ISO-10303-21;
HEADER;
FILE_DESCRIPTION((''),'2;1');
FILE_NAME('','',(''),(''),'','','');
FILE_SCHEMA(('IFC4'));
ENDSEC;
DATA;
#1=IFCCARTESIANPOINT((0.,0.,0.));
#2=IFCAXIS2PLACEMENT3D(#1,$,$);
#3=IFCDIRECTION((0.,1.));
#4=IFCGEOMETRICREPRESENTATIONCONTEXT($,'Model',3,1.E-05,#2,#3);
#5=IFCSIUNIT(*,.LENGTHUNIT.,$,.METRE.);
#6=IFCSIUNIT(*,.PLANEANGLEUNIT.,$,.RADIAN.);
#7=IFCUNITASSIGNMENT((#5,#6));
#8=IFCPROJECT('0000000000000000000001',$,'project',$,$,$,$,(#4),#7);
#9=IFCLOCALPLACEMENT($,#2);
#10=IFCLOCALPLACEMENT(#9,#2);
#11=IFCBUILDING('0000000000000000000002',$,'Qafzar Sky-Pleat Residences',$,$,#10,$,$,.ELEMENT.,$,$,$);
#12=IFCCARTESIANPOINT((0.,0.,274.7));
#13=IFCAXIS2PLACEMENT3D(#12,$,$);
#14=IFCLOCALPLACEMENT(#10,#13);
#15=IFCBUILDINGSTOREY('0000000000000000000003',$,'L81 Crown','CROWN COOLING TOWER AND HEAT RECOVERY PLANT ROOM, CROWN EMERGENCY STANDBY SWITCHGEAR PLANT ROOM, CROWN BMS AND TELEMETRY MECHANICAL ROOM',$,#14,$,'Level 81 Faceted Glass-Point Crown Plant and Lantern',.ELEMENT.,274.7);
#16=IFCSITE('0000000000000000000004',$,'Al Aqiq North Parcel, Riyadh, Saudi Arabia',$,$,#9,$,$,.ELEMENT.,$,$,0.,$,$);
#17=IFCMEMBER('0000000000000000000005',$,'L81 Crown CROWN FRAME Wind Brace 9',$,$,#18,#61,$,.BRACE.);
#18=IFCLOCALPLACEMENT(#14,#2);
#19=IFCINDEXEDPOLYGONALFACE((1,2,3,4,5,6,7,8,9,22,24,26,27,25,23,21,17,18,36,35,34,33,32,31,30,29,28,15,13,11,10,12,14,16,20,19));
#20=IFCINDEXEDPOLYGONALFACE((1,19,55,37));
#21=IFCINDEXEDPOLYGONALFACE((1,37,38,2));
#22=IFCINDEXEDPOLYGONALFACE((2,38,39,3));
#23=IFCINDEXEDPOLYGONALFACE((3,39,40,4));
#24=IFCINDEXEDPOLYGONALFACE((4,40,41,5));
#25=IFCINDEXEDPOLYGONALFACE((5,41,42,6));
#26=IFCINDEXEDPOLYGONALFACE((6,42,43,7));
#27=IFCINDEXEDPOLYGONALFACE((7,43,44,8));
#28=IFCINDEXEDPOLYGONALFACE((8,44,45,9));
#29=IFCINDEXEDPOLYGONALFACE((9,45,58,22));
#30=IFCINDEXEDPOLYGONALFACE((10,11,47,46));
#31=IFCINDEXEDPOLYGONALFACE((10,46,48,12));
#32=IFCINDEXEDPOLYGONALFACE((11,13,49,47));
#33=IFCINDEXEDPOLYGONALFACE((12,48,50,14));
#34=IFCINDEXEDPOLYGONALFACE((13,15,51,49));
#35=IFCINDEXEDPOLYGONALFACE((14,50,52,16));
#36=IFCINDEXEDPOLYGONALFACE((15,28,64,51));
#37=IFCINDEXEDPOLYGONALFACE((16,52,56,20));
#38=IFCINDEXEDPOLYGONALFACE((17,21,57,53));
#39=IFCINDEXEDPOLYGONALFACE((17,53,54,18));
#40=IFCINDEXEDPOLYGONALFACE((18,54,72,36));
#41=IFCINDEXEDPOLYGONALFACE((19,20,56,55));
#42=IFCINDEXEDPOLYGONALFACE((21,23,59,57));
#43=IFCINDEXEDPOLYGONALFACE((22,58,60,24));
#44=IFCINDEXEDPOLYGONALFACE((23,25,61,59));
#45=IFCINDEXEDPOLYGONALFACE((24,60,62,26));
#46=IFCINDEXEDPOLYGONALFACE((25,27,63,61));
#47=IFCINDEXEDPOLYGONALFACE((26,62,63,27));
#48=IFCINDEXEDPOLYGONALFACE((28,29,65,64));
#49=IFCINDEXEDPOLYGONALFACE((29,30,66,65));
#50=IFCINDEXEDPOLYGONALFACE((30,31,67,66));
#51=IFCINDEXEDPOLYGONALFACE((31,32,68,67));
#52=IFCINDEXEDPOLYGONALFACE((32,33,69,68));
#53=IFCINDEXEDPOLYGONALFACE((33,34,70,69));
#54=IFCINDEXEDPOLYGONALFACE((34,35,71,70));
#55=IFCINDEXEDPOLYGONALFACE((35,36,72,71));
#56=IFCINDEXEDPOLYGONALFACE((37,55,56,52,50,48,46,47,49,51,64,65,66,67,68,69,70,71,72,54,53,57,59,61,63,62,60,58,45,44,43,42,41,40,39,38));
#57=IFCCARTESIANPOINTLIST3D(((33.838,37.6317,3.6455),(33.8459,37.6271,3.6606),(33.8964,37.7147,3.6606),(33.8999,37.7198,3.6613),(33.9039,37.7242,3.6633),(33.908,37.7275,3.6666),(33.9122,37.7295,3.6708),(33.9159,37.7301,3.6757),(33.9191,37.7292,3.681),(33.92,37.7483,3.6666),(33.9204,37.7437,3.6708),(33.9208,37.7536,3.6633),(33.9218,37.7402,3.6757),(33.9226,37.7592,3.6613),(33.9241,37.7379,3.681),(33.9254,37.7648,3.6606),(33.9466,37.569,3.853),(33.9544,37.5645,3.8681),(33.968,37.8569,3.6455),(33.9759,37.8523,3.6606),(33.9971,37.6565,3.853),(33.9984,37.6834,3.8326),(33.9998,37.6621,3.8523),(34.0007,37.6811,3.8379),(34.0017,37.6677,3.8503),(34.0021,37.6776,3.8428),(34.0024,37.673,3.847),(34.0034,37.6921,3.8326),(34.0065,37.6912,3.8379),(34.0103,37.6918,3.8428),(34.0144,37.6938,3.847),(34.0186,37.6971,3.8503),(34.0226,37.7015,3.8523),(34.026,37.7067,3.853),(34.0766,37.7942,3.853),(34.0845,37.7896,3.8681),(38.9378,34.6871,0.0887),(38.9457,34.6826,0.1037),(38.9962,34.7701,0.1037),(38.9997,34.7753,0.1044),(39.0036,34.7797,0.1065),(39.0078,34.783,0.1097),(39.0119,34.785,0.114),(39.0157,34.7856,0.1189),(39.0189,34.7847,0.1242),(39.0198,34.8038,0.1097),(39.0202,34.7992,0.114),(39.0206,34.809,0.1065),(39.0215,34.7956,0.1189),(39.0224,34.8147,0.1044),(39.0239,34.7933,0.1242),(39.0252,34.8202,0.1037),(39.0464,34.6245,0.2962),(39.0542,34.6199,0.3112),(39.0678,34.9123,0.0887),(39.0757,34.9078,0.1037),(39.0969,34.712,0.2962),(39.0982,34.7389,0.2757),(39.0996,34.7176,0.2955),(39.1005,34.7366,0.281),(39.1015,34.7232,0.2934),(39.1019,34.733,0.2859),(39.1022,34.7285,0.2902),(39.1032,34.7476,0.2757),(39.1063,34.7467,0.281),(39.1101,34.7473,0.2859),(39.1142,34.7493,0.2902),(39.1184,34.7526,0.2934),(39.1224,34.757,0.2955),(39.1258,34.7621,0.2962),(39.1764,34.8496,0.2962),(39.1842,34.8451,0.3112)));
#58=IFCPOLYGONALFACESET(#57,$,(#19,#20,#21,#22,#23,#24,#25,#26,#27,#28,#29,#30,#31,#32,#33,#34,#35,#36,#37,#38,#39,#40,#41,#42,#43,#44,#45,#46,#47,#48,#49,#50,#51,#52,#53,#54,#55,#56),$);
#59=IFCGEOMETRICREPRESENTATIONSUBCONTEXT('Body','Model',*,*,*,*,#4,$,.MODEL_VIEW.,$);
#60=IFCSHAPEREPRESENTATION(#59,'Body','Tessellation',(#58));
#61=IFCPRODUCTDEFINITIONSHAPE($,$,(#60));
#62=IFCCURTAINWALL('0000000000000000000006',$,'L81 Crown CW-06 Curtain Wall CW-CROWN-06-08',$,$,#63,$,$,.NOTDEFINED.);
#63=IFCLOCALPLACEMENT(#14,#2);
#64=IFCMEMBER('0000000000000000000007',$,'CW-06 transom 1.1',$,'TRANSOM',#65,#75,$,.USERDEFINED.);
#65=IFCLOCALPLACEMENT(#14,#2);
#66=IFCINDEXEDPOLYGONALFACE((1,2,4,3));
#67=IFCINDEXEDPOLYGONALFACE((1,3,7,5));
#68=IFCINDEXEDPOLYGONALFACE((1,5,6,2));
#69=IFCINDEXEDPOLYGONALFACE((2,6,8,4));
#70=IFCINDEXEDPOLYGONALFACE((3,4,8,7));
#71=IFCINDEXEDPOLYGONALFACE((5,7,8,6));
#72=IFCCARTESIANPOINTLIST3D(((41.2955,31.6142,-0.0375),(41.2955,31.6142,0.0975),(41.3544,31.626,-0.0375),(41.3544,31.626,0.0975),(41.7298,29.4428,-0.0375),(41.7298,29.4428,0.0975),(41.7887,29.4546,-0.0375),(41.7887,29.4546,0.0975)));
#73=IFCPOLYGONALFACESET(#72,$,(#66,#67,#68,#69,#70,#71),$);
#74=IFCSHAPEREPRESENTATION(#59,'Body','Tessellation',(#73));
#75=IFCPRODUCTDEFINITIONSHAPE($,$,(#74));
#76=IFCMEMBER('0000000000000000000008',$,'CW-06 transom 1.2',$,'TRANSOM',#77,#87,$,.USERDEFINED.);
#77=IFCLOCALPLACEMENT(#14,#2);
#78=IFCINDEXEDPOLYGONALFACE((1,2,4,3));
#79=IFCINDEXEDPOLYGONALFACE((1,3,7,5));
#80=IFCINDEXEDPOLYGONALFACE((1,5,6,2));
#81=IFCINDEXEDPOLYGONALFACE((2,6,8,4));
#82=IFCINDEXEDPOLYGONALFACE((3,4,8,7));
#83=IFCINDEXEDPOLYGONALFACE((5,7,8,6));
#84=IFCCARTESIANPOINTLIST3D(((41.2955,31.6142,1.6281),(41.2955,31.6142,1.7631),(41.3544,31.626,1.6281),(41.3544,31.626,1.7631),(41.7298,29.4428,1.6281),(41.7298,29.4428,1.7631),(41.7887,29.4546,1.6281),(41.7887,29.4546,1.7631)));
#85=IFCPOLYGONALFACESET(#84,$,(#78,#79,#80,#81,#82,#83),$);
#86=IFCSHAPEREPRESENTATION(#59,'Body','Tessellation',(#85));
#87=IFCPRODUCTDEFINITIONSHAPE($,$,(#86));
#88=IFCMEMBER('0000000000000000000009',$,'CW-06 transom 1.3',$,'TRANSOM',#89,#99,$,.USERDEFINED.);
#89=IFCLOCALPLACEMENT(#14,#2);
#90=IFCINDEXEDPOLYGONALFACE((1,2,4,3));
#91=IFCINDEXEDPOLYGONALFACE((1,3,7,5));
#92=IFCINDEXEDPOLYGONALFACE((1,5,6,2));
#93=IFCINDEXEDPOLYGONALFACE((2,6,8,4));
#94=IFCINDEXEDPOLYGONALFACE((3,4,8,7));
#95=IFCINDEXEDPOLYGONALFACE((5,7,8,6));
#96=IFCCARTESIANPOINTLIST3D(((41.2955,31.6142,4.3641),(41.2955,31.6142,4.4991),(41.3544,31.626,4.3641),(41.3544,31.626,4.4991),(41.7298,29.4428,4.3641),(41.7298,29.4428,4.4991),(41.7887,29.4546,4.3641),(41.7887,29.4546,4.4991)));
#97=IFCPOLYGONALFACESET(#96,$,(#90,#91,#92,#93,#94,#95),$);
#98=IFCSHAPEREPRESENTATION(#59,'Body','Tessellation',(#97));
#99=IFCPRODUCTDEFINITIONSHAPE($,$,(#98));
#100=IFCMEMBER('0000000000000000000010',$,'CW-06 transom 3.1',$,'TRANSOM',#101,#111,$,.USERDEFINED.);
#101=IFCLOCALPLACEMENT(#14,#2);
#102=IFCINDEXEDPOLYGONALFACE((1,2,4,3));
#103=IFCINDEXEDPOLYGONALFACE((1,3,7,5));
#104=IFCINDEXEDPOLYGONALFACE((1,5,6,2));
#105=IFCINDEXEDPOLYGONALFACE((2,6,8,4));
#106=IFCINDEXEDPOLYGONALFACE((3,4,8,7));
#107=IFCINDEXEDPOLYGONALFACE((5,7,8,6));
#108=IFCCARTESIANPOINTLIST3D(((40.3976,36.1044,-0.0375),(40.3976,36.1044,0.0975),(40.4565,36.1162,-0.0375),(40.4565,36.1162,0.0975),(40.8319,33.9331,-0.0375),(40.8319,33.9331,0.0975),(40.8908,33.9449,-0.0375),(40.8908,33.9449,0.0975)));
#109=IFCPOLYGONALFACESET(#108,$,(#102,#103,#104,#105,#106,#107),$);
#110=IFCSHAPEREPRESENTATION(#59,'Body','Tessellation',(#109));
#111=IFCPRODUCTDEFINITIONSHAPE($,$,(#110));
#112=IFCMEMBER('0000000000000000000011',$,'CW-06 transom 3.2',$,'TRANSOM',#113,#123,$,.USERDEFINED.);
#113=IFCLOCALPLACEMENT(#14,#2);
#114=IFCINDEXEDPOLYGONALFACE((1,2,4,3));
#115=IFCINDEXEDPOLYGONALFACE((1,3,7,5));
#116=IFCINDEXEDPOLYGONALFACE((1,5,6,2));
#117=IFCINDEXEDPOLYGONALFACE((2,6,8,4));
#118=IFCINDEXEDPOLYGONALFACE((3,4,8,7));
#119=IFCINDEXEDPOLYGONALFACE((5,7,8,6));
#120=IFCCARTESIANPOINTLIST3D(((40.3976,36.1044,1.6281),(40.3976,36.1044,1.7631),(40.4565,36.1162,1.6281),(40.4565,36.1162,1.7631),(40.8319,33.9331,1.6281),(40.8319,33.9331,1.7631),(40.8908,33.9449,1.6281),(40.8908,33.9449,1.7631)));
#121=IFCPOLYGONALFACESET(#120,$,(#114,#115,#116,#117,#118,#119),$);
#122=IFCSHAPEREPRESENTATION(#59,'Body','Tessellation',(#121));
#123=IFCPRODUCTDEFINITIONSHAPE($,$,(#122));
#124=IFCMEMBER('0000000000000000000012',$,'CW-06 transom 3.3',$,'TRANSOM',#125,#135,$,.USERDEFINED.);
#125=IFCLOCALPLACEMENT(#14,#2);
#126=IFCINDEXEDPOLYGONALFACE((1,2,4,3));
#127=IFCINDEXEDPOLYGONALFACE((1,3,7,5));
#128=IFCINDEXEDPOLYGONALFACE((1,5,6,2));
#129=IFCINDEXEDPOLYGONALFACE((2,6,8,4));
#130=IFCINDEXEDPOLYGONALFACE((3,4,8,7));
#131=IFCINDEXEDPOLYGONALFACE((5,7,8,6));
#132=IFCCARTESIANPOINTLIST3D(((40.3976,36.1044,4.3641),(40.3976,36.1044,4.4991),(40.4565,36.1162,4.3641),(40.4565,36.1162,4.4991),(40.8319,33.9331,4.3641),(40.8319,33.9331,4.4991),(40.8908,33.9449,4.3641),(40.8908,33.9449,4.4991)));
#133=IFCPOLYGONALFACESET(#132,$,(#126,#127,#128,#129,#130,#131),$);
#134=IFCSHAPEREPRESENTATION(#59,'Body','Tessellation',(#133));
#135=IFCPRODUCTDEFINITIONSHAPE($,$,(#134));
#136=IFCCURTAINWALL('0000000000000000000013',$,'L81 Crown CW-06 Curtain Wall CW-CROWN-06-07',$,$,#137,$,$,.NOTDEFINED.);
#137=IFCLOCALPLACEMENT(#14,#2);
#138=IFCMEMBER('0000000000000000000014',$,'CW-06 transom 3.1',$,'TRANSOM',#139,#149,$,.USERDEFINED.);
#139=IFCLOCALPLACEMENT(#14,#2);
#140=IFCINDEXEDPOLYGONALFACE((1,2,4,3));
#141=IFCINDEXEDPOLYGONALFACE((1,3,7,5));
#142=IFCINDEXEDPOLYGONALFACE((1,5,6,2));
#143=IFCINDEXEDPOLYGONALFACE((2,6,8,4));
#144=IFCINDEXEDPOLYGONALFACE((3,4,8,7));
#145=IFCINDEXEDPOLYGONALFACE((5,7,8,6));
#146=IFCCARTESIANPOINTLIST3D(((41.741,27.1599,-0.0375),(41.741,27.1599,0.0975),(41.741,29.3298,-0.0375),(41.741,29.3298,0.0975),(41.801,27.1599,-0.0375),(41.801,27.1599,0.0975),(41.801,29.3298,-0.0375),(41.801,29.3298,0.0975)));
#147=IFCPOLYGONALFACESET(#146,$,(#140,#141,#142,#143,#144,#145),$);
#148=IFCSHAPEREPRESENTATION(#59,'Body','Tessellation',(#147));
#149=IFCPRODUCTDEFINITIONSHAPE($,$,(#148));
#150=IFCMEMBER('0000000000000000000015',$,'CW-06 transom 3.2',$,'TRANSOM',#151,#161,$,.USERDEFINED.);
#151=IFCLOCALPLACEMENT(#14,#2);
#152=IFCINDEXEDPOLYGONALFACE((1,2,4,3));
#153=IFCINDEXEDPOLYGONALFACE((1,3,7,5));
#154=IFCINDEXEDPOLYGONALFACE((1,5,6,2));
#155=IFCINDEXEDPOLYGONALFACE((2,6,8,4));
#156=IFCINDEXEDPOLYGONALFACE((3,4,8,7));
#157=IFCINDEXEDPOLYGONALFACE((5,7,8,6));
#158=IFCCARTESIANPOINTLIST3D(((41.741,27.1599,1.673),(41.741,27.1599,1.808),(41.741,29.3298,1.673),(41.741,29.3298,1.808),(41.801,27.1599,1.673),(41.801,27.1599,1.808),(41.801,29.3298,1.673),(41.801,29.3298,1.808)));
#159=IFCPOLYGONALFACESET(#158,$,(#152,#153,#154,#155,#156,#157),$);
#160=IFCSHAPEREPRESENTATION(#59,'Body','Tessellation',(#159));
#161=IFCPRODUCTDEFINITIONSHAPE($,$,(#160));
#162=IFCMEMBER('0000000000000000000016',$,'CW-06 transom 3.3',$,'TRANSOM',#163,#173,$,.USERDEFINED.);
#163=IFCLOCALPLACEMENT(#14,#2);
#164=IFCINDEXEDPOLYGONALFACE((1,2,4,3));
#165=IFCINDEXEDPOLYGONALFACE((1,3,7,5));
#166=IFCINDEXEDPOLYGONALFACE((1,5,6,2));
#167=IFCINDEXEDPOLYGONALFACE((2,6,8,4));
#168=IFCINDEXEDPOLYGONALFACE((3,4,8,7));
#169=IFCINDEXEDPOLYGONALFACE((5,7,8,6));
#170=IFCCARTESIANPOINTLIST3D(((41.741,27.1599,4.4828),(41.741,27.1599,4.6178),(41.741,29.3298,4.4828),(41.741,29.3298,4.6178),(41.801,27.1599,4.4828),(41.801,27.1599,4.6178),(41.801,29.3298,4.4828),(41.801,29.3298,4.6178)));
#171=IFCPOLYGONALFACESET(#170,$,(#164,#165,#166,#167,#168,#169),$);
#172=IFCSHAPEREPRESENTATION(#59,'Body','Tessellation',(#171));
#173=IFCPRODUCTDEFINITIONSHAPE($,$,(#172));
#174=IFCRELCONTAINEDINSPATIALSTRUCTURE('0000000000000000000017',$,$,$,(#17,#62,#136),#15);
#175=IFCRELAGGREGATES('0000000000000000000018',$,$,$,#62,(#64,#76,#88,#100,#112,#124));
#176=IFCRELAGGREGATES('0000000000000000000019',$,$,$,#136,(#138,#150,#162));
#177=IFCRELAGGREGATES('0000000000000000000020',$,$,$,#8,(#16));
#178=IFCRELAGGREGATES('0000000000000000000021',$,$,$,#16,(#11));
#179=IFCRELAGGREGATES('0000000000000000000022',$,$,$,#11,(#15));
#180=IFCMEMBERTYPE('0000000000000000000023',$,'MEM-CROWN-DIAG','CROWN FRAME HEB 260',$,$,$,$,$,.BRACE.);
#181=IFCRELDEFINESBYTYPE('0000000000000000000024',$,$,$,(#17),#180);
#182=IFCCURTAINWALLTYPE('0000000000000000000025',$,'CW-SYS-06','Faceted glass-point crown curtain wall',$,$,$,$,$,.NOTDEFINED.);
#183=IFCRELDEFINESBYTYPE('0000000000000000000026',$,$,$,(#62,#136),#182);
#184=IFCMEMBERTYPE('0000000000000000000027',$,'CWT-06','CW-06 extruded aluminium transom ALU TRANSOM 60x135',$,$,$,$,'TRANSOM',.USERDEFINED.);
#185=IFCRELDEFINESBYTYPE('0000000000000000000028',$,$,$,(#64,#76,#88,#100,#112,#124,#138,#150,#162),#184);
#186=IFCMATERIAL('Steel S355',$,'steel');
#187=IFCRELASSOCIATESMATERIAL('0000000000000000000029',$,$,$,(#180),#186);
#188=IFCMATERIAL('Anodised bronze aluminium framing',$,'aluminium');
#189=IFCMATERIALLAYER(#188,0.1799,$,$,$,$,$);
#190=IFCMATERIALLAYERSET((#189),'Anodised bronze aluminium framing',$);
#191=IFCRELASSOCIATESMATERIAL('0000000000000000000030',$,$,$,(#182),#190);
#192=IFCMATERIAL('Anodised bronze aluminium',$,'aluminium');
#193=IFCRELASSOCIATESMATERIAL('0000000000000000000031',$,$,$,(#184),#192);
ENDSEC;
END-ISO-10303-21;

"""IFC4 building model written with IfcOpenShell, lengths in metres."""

from ifc_helpers import new_model, si_unit, direction, frame, origin, origin_2d, place, context, subcontext, project, spatial, rectangle, i_section, extrude, source, transform, mapped, material, layer, layer_set, material_profile, profile_set, type_object, element, aggregate, save


model = new_model("IFC4")

# Units and contexts
model_context = context("Model", 3, precision=1e-05, world=origin(), true_north=direction((0.0, 1.0)))
body_context = subcontext(model_context, "Body", "Model", "MODEL_VIEW")
ifc_project = project(units=[si_unit("LENGTHUNIT", "METRE"), si_unit("PLANEANGLEUNIT", "RADIAN")], contexts=[model_context])

# Site, building, storey
site_placement = place(None, origin())
site = spatial("IfcSite", under=ifc_project, at=site_placement, Name="Al Aqiq North Parcel, Riyadh, Saudi Arabia", CompositionType="ELEMENT", RefElevation=0.0)
building_placement = place(site_placement, origin())
building = spatial("IfcBuilding", under=site, at=building_placement, Name="Qafzar Sky-Pleat Residences", CompositionType="ELEMENT")
storey_placement = place(building_placement, frame((0.0, 0.0, 274.7)))
storey = spatial("IfcBuildingStorey", under=building, at=storey_placement, Name="L81 Crown", Description="CROWN COOLING TOWER AND HEAT RECOVERY PLANT ROOM, CROWN EMERGENCY STANDBY SWITCHGEAR PLANT ROOM, CROWN BMS AND TELEMETRY MECHANICAL ROOM", LongName="Level 81 Faceted Glass-Point Crown Plant and Lantern", CompositionType="ELEMENT", Elevation=274.7)

# Member
ifc_material_1 = material(Name="Steel S355", Category="steel")
ifc_material_profile_1 = material_profile(ifc_material_1, i_section(OverallWidth=0.26, OverallDepth=0.26, WebThickness=0.01, FlangeThickness=0.0176, FilletRadius=0.0239, at=origin_2d()), Name="HEB 260")
ifc_profile_set_1 = profile_set([ifc_material_profile_1], Name="Steel S355")
member_type_1 = type_object("IfcMemberType", Name="MEM-CROWN-DIAG", Description="CROWN FRAME HEB 260", PredefinedType="BRACE", material=ifc_profile_set_1)
shared_shape_1 = source(origin(), body_context, "Body", "SweptSolid", [
    extrude(i_section(OverallWidth=0.26, OverallDepth=0.26, WebThickness=0.01, FlangeThickness=0.0176, FilletRadius=0.0239, at=origin_2d()), origin(), (0.0, 0.0, 1.0), 6.8796),
])
member_1_placement = place(storey_placement, frame((39.061, 34.7661, 0.2), z_axis=(-0.741288, 0.428009, 0.51701), x_axis=(-0.500023, -0.866012, 0.0)))
element("IfcMember", 1, at=member_1_placement, inside=storey, type_object=member_type_1, Name="L81 Crown CROWN FRAME Wind Brace 9", PredefinedType="BRACE", context=body_context, shape_type="MappedRepresentation", body=[
    mapped(shared_shape_1, transform((0.0, 0.0, 0.0), x_axis=(1.0, 0.0, 0.0), y_axis=(0.0, 1.0, 0.0), z_axis=(0.0, 0.0, 1.0), scale=1.0)),
])

# Curtain walls, members
ifc_material_2 = material(Name="Anodised bronze aluminium framing", Category="aluminium")
ifc_layer_1 = layer(ifc_material_2, 0.1799)
ifc_layer_set_1 = layer_set([ifc_layer_1], Name="Anodised bronze aluminium framing")
curtain_wall_type = type_object("IfcCurtainWallType", Name="CW-SYS-06", Description="Faceted glass-point crown curtain wall", PredefinedType="NOTDEFINED", material=ifc_layer_set_1)
curtain_wall_1_placement = place(storey_placement, origin())
curtain_wall_1 = element("IfcCurtainWall", 2, at=curtain_wall_1_placement, inside=storey, type_object=curtain_wall_type, Name="L81 Crown CW-06 Curtain Wall CW-CROWN-06-08", PredefinedType="NOTDEFINED")
ifc_material_3 = material(Name="Anodised bronze aluminium", Category="aluminium")
ifc_material_profile_2 = material_profile(ifc_material_3, rectangle(XDim=0.0601, YDim=0.135, at=origin_2d()), Name="ALU TRANSOM 60x135")
ifc_profile_set_2 = profile_set([ifc_material_profile_2], Name="Anodised bronze aluminium")
member_type_2 = type_object("IfcMemberType", Name="CWT-06", Description="CW-06 extruded aluminium transom ALU TRANSOM 60x135", ElementType="TRANSOM", PredefinedType="USERDEFINED", material=ifc_profile_set_2)
shared_shape_2 = source(origin(), body_context, "Body", "SweptSolid", [
    extrude(rectangle(XDim=0.0601, YDim=0.135, at=origin_2d()), origin(), (0.0, 0.0, 1.0), 2.2144),
])
member_2_placement = place(storey_placement, frame((41.7593, 29.4487, 0.03), z_axis=(-0.196137, 0.980576, 0.0), x_axis=(-0.980576, -0.196137, 0.0)))
member_2 = element("IfcMember", 3, at=member_2_placement, type_object=member_type_2, Name="CW-06 transom 1.1", ObjectType="TRANSOM", PredefinedType="USERDEFINED", context=body_context, shape_type="MappedRepresentation", body=[
    mapped(shared_shape_2, transform((0.0, 0.0, 0.0), x_axis=(1.0, 0.0, 0.0), y_axis=(0.0, 1.0, 0.0), z_axis=(0.0, 0.0, 1.0), scale=1.0)),
])
member_3_placement = place(storey_placement, frame((41.7593, 29.4487, 1.6956), z_axis=(-0.196137, 0.980576, 0.0), x_axis=(-0.980576, -0.196137, 0.0)))
member_3 = element("IfcMember", 4, at=member_3_placement, type_object=member_type_2, Name="CW-06 transom 1.2", ObjectType="TRANSOM", PredefinedType="USERDEFINED", context=body_context, shape_type="MappedRepresentation", body=[
    mapped(shared_shape_2, transform((0.0, 0.0, 0.0), x_axis=(1.0, 0.0, 0.0), y_axis=(0.0, 1.0, 0.0), z_axis=(0.0, 0.0, 1.0), scale=1.0)),
])
member_4_placement = place(storey_placement, frame((41.7593, 29.4487, 4.4316), z_axis=(-0.196137, 0.980576, 0.0), x_axis=(-0.980576, -0.196137, 0.0)))
member_4 = element("IfcMember", 5, at=member_4_placement, type_object=member_type_2, Name="CW-06 transom 1.3", ObjectType="TRANSOM", PredefinedType="USERDEFINED", context=body_context, shape_type="MappedRepresentation", body=[
    mapped(shared_shape_2, transform((0.0, 0.0, 0.0), x_axis=(1.0, 0.0, 0.0), y_axis=(0.0, 1.0, 0.0), z_axis=(0.0, 0.0, 1.0), scale=1.0)),
])
member_5_placement = place(storey_placement, frame((40.8613, 33.939, 0.03), z_axis=(-0.196137, 0.980576, 0.0), x_axis=(-0.980576, -0.196137, 0.0)))
member_5 = element("IfcMember", 6, at=member_5_placement, type_object=member_type_2, Name="CW-06 transom 3.1", ObjectType="TRANSOM", PredefinedType="USERDEFINED", context=body_context, shape_type="MappedRepresentation", body=[
    mapped(shared_shape_2, transform((0.0, 0.0, 0.0), x_axis=(1.0, 0.0, 0.0), y_axis=(0.0, 1.0, 0.0), z_axis=(0.0, 0.0, 1.0), scale=1.0)),
])
member_6_placement = place(storey_placement, frame((40.8613, 33.939, 1.6956), z_axis=(-0.196137, 0.980576, 0.0), x_axis=(-0.980576, -0.196137, 0.0)))
member_6 = element("IfcMember", 7, at=member_6_placement, type_object=member_type_2, Name="CW-06 transom 3.2", ObjectType="TRANSOM", PredefinedType="USERDEFINED", context=body_context, shape_type="MappedRepresentation", body=[
    mapped(shared_shape_2, transform((0.0, 0.0, 0.0), x_axis=(1.0, 0.0, 0.0), y_axis=(0.0, 1.0, 0.0), z_axis=(0.0, 0.0, 1.0), scale=1.0)),
])
member_7_placement = place(storey_placement, frame((40.8613, 33.939, 4.4316), z_axis=(-0.196137, 0.980576, 0.0), x_axis=(-0.980576, -0.196137, 0.0)))
member_7 = element("IfcMember", 8, at=member_7_placement, type_object=member_type_2, Name="CW-06 transom 3.3", ObjectType="TRANSOM", PredefinedType="USERDEFINED", context=body_context, shape_type="MappedRepresentation", body=[
    mapped(shared_shape_2, transform((0.0, 0.0, 0.0), x_axis=(1.0, 0.0, 0.0), y_axis=(0.0, 1.0, 0.0), z_axis=(0.0, 0.0, 1.0), scale=1.0)),
])
curtain_wall_2_placement = place(storey_placement, origin())
curtain_wall_2 = element("IfcCurtainWall", 9, at=curtain_wall_2_placement, inside=storey, type_object=curtain_wall_type, Name="L81 Crown CW-06 Curtain Wall CW-CROWN-06-07", PredefinedType="NOTDEFINED")
shared_shape_3 = source(origin(), body_context, "Body", "SweptSolid", [
    extrude(rectangle(XDim=0.0601, YDim=0.135, at=origin_2d()), origin(), (0.0, 0.0, 1.0), 2.1699),
])
member_8_placement = place(storey_placement, frame((41.771, 27.1599, 0.03), z_axis=(0.0, 1.0, 0.0), x_axis=(-1.0, 0.0, 0.0)))
member_8 = element("IfcMember", 10, at=member_8_placement, type_object=member_type_2, Name="CW-06 transom 3.1", ObjectType="TRANSOM", PredefinedType="USERDEFINED", context=body_context, shape_type="MappedRepresentation", body=[
    mapped(shared_shape_3, transform((0.0, 0.0, 0.0), x_axis=(1.0, 0.0, 0.0), y_axis=(0.0, 1.0, 0.0), z_axis=(0.0, 0.0, 1.0), scale=1.0)),
])
member_9_placement = place(storey_placement, frame((41.771, 27.1599, 1.7405), z_axis=(0.0, 1.0, 0.0), x_axis=(-1.0, 0.0, 0.0)))
member_9 = element("IfcMember", 11, at=member_9_placement, type_object=member_type_2, Name="CW-06 transom 3.2", ObjectType="TRANSOM", PredefinedType="USERDEFINED", context=body_context, shape_type="MappedRepresentation", body=[
    mapped(shared_shape_3, transform((0.0, 0.0, 0.0), x_axis=(1.0, 0.0, 0.0), y_axis=(0.0, 1.0, 0.0), z_axis=(0.0, 0.0, 1.0), scale=1.0)),
])
member_10_placement = place(storey_placement, frame((41.771, 27.1599, 4.5503), z_axis=(0.0, 1.0, 0.0), x_axis=(-1.0, 0.0, 0.0)))
member_10 = element("IfcMember", 12, at=member_10_placement, type_object=member_type_2, Name="CW-06 transom 3.3", ObjectType="TRANSOM", PredefinedType="USERDEFINED", context=body_context, shape_type="MappedRepresentation", body=[
    mapped(shared_shape_3, transform((0.0, 0.0, 0.0), x_axis=(1.0, 0.0, 0.0), y_axis=(0.0, 1.0, 0.0), z_axis=(0.0, 0.0, 1.0), scale=1.0)),
])

aggregate(curtain_wall_1, [member_2, member_3, member_4, member_5, member_6, member_7])
aggregate(curtain_wall_2, [member_8, member_9, member_10])

save(model, "model.ifc")
